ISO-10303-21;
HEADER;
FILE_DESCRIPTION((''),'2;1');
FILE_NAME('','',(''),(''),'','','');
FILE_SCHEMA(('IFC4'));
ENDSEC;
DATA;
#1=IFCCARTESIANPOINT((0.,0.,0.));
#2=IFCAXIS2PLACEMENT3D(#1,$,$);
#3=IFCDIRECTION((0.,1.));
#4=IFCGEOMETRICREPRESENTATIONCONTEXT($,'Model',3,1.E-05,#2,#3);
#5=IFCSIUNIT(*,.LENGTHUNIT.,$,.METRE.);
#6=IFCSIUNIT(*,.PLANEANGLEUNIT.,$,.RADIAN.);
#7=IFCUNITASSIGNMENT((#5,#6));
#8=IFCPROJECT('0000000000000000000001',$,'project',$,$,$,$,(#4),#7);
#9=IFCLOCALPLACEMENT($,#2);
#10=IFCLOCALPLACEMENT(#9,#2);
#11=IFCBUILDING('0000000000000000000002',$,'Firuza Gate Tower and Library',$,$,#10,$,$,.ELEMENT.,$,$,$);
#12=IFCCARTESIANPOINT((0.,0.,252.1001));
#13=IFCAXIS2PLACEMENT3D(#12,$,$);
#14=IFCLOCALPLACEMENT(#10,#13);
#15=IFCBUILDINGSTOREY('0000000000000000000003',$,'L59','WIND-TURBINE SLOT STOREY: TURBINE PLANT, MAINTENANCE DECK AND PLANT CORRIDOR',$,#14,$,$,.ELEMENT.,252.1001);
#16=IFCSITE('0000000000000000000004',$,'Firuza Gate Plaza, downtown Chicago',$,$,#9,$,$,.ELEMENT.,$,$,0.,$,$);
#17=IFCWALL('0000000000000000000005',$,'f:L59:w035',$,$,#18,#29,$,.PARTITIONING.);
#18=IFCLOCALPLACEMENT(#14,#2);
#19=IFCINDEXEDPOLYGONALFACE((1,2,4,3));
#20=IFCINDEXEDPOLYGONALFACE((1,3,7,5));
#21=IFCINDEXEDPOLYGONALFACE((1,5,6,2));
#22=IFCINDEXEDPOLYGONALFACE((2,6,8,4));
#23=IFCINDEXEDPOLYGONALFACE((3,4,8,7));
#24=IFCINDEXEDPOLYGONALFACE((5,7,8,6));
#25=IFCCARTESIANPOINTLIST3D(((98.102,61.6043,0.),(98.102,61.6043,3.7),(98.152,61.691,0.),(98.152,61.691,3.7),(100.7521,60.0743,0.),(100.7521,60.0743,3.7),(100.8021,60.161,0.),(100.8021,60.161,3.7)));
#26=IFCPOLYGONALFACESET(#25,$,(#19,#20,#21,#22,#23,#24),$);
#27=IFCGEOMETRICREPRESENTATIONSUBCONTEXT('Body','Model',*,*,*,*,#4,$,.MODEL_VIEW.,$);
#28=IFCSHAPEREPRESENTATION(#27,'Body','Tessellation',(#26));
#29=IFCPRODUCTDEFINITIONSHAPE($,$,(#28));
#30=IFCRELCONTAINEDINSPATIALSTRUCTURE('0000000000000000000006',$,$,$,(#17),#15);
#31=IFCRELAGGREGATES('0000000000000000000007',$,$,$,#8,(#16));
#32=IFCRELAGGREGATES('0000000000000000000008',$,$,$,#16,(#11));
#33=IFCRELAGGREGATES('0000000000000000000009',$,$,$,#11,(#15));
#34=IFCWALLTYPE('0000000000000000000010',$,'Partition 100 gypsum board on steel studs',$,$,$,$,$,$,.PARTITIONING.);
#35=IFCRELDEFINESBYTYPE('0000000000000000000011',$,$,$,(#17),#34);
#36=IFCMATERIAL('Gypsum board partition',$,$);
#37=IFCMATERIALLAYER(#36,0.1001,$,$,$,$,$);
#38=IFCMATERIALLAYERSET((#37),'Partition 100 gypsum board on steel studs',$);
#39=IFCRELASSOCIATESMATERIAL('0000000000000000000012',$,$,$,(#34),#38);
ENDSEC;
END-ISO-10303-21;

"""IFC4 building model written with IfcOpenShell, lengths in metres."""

from ifc_helpers import new_model, si_unit, direction, frame, frame_2d, origin, place, context, subcontext, project, spatial, rectangle, extrude, material, layer, layer_set, type_object, element, save


model = new_model("IFC4")

# Units and contexts
model_context = context("Model", 3, precision=1e-05, world=origin(), true_north=direction((0.0, 1.0)))
body_context = subcontext(model_context, "Body", "Model", "MODEL_VIEW")
ifc_project = project(units=[si_unit("LENGTHUNIT", "METRE"), si_unit("PLANEANGLEUNIT", "RADIAN")], contexts=[model_context])

# Site, building, storey
site_placement = place(None, origin())
site = spatial("IfcSite", under=ifc_project, at=site_placement, Name="Firuza Gate Plaza, downtown Chicago", CompositionType="ELEMENT", RefElevation=0.0)
building_placement = place(site_placement, origin())
building = spatial("IfcBuilding", under=site, at=building_placement, Name="Firuza Gate Tower and Library", CompositionType="ELEMENT")
storey_placement = place(building_placement, frame((0.0, 0.0, 252.1001)))
storey = spatial("IfcBuildingStorey", under=building, at=storey_placement, Name="L59", Description="WIND-TURBINE SLOT STOREY: TURBINE PLANT, MAINTENANCE DECK AND PLANT CORRIDOR", CompositionType="ELEMENT", Elevation=252.1001)

# Wall
ifc_material_1 = material(Name="Gypsum board partition")
ifc_layer_1 = layer(ifc_material_1, 0.1001)
ifc_layer_set_1 = layer_set([ifc_layer_1], Name="Partition 100 gypsum board on steel studs")
wall_type_1 = type_object("IfcWallType", Name="Partition 100 gypsum board on steel studs", PredefinedType="PARTITIONING", material=ifc_layer_set_1)
wall_1_placement = place(storey_placement, frame((100.7771, 60.1177, 0.0), z_axis=(0.0, 0.0, 1.0), x_axis=(-0.86603, 0.499992, 0.0)))
element("IfcWall", 1, at=wall_1_placement, inside=storey, type_object=wall_type_1, Name="f:L59:w035", PredefinedType="PARTITIONING", context=body_context, shape_type="SweptSolid", body=[
    extrude(rectangle(XDim=3.0601, YDim=0.1001, at=frame_2d((1.53, 0.0))), origin(), (0.0, 0.0, 1.0), 3.7),
])

save(model, "model.ifc")
